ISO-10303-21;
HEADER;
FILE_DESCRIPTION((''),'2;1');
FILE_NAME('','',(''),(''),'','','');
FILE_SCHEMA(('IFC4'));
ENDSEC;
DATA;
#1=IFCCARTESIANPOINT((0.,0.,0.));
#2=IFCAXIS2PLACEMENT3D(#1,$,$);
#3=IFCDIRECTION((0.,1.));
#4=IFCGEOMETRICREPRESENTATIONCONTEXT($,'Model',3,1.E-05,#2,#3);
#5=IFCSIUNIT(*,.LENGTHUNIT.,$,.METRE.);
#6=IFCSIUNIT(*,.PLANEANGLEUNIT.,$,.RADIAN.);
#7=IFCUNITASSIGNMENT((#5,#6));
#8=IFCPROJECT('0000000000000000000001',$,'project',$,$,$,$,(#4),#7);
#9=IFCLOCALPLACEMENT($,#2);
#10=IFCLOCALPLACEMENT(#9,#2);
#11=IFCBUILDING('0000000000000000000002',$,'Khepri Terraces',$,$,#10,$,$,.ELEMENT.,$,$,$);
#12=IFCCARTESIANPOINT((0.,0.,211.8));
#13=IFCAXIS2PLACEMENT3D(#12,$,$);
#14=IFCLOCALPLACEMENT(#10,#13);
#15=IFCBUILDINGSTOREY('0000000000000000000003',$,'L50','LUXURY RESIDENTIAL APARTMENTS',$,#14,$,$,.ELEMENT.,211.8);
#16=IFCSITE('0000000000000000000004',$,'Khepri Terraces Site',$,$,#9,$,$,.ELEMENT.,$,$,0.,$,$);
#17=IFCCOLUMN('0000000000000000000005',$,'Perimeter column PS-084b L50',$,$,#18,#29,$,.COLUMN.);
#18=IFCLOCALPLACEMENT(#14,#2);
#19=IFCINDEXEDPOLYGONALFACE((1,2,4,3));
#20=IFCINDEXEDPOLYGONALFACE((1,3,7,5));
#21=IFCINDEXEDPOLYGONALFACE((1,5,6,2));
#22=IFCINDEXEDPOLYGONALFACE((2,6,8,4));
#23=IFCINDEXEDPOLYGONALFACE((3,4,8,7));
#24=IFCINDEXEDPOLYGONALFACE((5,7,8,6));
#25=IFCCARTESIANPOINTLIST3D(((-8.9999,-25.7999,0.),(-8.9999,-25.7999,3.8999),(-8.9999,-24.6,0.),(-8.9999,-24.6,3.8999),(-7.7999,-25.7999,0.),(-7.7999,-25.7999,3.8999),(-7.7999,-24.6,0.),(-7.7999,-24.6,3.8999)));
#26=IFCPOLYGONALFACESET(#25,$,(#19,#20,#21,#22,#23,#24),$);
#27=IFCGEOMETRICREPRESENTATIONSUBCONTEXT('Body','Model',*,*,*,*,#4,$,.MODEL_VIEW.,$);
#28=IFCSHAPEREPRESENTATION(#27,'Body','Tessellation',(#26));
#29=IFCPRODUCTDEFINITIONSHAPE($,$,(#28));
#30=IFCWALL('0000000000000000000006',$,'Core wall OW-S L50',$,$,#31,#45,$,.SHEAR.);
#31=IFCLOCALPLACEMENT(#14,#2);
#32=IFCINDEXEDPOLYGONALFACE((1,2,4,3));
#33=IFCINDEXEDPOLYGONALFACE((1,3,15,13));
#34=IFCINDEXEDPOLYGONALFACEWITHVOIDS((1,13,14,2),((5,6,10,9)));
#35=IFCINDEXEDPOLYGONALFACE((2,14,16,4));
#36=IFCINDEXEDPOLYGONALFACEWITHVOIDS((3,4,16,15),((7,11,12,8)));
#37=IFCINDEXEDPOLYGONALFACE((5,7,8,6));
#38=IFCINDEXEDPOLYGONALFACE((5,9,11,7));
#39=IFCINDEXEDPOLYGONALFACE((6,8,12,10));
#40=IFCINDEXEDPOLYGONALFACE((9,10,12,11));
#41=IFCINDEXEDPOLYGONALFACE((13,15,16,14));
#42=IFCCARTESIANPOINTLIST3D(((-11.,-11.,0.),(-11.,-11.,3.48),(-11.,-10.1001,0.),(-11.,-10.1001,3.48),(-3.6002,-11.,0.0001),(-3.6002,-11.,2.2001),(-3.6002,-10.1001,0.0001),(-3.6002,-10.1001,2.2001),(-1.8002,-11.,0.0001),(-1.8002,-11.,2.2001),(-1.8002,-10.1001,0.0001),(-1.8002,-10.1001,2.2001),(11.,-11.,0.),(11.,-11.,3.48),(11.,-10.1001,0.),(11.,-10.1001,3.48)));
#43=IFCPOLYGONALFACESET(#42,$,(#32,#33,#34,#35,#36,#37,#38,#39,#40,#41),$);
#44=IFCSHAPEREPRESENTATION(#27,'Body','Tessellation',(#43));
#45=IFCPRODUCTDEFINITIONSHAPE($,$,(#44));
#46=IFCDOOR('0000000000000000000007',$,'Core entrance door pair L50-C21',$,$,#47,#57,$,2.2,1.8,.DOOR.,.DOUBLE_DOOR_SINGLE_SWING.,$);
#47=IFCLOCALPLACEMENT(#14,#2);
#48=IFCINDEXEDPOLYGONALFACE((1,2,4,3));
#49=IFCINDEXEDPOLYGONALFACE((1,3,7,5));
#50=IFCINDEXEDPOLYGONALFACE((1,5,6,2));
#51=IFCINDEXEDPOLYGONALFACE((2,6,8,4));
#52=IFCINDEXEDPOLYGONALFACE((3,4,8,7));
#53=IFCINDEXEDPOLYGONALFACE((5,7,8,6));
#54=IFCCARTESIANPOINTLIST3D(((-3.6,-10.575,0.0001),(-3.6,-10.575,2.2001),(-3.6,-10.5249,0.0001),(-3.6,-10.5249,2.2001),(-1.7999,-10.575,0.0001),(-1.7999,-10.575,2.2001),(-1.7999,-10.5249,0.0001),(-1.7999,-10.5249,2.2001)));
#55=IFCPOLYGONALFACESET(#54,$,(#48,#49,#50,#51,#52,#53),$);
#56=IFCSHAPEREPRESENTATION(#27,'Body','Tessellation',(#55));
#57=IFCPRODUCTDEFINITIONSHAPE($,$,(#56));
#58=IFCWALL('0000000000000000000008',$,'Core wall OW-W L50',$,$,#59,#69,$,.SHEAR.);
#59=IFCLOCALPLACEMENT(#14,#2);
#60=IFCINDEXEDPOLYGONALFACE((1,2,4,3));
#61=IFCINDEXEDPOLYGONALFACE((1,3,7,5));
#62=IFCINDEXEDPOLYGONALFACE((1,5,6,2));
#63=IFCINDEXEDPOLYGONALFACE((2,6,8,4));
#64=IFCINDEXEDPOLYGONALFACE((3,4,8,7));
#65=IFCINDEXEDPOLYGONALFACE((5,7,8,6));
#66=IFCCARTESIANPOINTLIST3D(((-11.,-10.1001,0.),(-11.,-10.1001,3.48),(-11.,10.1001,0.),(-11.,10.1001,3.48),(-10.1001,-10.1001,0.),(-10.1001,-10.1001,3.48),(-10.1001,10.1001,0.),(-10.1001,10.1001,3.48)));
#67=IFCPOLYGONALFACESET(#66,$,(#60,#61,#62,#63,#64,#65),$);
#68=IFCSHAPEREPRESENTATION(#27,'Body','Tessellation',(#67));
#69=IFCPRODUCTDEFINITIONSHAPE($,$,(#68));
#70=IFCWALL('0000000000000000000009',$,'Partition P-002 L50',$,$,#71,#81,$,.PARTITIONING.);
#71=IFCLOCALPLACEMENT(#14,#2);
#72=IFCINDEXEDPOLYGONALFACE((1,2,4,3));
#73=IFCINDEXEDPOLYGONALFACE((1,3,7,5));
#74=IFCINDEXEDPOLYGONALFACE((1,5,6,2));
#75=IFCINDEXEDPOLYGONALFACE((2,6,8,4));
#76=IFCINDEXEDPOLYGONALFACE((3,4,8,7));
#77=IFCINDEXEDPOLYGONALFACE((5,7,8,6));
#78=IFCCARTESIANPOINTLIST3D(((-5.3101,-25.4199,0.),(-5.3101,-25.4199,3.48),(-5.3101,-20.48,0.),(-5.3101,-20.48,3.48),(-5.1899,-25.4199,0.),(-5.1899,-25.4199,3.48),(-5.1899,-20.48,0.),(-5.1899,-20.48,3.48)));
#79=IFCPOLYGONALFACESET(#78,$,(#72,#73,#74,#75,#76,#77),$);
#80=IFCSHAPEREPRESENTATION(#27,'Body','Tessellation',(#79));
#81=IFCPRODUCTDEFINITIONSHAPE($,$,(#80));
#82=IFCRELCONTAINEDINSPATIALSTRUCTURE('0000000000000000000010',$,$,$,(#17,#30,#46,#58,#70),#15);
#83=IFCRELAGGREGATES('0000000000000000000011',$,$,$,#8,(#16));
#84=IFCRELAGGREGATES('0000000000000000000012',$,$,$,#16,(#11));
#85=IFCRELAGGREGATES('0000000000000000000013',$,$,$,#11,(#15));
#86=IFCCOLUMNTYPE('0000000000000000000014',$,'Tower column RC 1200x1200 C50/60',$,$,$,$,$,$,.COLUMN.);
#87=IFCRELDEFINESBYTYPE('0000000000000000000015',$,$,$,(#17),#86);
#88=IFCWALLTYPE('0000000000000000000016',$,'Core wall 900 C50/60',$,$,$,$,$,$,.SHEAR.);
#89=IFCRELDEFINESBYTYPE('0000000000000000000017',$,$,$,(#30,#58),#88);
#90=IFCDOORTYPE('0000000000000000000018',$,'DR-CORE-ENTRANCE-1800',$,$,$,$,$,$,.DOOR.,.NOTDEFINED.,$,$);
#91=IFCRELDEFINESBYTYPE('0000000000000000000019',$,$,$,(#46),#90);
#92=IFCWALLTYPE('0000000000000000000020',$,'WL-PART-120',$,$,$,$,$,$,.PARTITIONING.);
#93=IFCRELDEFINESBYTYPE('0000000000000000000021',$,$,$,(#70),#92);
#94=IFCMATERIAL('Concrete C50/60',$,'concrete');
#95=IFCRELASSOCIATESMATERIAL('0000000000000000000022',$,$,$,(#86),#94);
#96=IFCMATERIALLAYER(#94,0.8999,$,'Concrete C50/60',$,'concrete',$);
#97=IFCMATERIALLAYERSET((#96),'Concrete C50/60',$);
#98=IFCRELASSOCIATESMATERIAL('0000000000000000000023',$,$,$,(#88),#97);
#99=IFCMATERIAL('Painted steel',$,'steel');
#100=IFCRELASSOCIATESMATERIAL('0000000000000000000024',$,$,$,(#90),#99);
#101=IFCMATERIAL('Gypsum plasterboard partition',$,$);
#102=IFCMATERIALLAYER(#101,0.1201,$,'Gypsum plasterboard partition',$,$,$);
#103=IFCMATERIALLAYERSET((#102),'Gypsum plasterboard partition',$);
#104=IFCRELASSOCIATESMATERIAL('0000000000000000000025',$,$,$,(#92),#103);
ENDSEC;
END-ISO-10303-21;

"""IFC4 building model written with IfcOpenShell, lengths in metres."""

from ifc_helpers import new_model, si_unit, direction, frame, frame_2d, origin, origin_2d, place, context, subcontext, project, spatial, rectangle, extrude, material, layer, layer_set, material_profile, profile_set, type_object, element, fill, save


model = new_model("IFC4")

# Units and contexts
model_context = context("Model", 3, precision=1e-05, world=origin(), true_north=direction((0.0, 1.0)))
body_context = subcontext(model_context, "Body", "Model", "MODEL_VIEW")
ifc_project = project(units=[si_unit("LENGTHUNIT", "METRE"), si_unit("PLANEANGLEUNIT", "RADIAN")], contexts=[model_context])

# Site, building, storey
site_placement = place(None, origin())
site = spatial("IfcSite", under=ifc_project, at=site_placement, Name="Khepri Terraces Site", CompositionType="ELEMENT", RefElevation=0.0)
building_placement = place(site_placement, origin())
building = spatial("IfcBuilding", under=site, at=building_placement, Name="Khepri Terraces", CompositionType="ELEMENT")
storey_placement = place(building_placement, frame((0.0, 0.0, 211.8)))
storey = spatial("IfcBuildingStorey", under=building, at=storey_placement, Name="L50", Description="LUXURY RESIDENTIAL APARTMENTS", CompositionType="ELEMENT", Elevation=211.8)

# Column
ifc_material_1 = material(Name="Concrete C50/60", Category="concrete")
ifc_material_profile = material_profile(ifc_material_1, rectangle(XDim=1.2, YDim=1.2, at=origin_2d()), Name="Concrete C50/60", Category="concrete")
ifc_profile_set = profile_set([ifc_material_profile], Name="Concrete C50/60")
column_type = type_object("IfcColumnType", Name="Tower column RC 1200x1200 C50/60", PredefinedType="COLUMN", material=ifc_profile_set)
column_placement = place(storey_placement, frame((-8.3999, -25.2, 0.0), z_axis=(0.0, 0.0, 1.0), x_axis=(1.0, 0.0, 0.0)))
element("IfcColumn", 1, at=column_placement, inside=storey, type_object=column_type, Name="Perimeter column PS-084b L50", PredefinedType="COLUMN", context=body_context, shape_type="SweptSolid", body=[
    extrude(rectangle(XDim=1.2, YDim=1.2, at=origin_2d()), origin(), (0.0, 0.0, 1.0), 3.8999),
])

# Wall, opening, door
ifc_layer_1 = layer(ifc_material_1, 0.8999, Name="Concrete C50/60", Category="concrete")
ifc_layer_set_1 = layer_set([ifc_layer_1], Name="Concrete C50/60")
wall_type_1 = type_object("IfcWallType", Name="Core wall 900 C50/60", PredefinedType="SHEAR", material=ifc_layer_set_1)
wall_1_placement = place(storey_placement, frame((-11.0, -10.55, 0.0), z_axis=(0.0, 0.0, 1.0), x_axis=(1.0, 0.0, 0.0)))
wall_1 = element("IfcWall", 2, at=wall_1_placement, inside=storey, type_object=wall_type_1, Name="Core wall OW-S L50", PredefinedType="SHEAR", context=body_context, shape_type="SweptSolid", body=[
    extrude(rectangle(XDim=22.0, YDim=0.8999, at=frame_2d((11.0, 0.0))), origin(), (0.0, 0.0, 1.0), 3.48),
])
opening_1_placement = place(wall_1_placement, frame((7.3999, 0.0, 0.0)))
opening_1 = element("IfcOpeningElement", 3, at=opening_1_placement, cuts=wall_1, PredefinedType="OPENING", context=body_context, shape_type="SweptSolid", body=[
    extrude(rectangle(XDim=1.8, YDim=2.2, at=frame_2d((0.8999, 1.1001))), frame((0.0, 0.46, 0.0), z_axis=(0.0, -1.0, 0.0), x_axis=(1.0, 0.0, 0.0)), (0.0, 0.0, 1.0), 0.9199),
])
ifc_material_2 = material(Name="Painted steel", Category="steel")
door_type_1 = type_object("IfcDoorType", Name="DR-CORE-ENTRANCE-1800", OperationType="NOTDEFINED", PredefinedType="DOOR", material=ifc_material_2)
door_1_placement = place(opening_1_placement, frame((1.8, 0.0, 0.0), z_axis=(0.0, 0.0, 1.0), x_axis=(-1.0, 0.0, 0.0)))
door_1 = element("IfcDoor", 4, at=door_1_placement, inside=storey, type_object=door_type_1, Name="Core entrance door pair L50-C21", OperationType="DOUBLE_DOOR_SINGLE_SWING", OverallHeight=2.2, OverallWidth=1.8, PredefinedType="DOOR", context=body_context, shape_type="SweptSolid", body=[
    extrude(rectangle(XDim=1.8, YDim=2.2, at=frame_2d((0.8999, 1.1001))), frame((0.0, 0.0249, 0.0), z_axis=(0.0, -1.0, 0.0), x_axis=(1.0, 0.0, 0.0)), (0.0, 0.0, 1.0), 0.05),
])
fill(opening_1, door_1)

# Wall
wall_2_placement = place(storey_placement, frame((-10.55, -10.1001, 0.0), z_axis=(0.0, 0.0, 1.0), x_axis=(0.0, 1.0, 0.0)))
element("IfcWall", 5, at=wall_2_placement, inside=storey, type_object=wall_type_1, Name="Core wall OW-W L50", PredefinedType="SHEAR", context=body_context, shape_type="SweptSolid", body=[
    extrude(rectangle(XDim=20.2002, YDim=0.8999, at=frame_2d((10.1001, 0.0))), origin(), (0.0, 0.0, 1.0), 3.48),
])

# Wall
ifc_material_3 = material(Name="Gypsum plasterboard partition")
ifc_layer_2 = layer(ifc_material_3, 0.1201, Name="Gypsum plasterboard partition")
ifc_layer_set_2 = layer_set([ifc_layer_2], Name="Gypsum plasterboard partition")
wall_type_2 = type_object("IfcWallType", Name="WL-PART-120", PredefinedType="PARTITIONING", material=ifc_layer_set_2)
wall_3_placement = place(storey_placement, frame((-5.25, -25.4199, 0.0), z_axis=(0.0, 0.0, 1.0), x_axis=(0.0, 1.0, 0.0)))
element("IfcWall", 6, at=wall_3_placement, inside=storey, type_object=wall_type_2, Name="Partition P-002 L50", PredefinedType="PARTITIONING", context=body_context, shape_type="SweptSolid", body=[
    extrude(rectangle(XDim=4.9399, YDim=0.1201, at=frame_2d((2.47, 0.0))), origin(), (0.0, 0.0, 1.0), 3.48),
])

save(model, "model.ifc")
